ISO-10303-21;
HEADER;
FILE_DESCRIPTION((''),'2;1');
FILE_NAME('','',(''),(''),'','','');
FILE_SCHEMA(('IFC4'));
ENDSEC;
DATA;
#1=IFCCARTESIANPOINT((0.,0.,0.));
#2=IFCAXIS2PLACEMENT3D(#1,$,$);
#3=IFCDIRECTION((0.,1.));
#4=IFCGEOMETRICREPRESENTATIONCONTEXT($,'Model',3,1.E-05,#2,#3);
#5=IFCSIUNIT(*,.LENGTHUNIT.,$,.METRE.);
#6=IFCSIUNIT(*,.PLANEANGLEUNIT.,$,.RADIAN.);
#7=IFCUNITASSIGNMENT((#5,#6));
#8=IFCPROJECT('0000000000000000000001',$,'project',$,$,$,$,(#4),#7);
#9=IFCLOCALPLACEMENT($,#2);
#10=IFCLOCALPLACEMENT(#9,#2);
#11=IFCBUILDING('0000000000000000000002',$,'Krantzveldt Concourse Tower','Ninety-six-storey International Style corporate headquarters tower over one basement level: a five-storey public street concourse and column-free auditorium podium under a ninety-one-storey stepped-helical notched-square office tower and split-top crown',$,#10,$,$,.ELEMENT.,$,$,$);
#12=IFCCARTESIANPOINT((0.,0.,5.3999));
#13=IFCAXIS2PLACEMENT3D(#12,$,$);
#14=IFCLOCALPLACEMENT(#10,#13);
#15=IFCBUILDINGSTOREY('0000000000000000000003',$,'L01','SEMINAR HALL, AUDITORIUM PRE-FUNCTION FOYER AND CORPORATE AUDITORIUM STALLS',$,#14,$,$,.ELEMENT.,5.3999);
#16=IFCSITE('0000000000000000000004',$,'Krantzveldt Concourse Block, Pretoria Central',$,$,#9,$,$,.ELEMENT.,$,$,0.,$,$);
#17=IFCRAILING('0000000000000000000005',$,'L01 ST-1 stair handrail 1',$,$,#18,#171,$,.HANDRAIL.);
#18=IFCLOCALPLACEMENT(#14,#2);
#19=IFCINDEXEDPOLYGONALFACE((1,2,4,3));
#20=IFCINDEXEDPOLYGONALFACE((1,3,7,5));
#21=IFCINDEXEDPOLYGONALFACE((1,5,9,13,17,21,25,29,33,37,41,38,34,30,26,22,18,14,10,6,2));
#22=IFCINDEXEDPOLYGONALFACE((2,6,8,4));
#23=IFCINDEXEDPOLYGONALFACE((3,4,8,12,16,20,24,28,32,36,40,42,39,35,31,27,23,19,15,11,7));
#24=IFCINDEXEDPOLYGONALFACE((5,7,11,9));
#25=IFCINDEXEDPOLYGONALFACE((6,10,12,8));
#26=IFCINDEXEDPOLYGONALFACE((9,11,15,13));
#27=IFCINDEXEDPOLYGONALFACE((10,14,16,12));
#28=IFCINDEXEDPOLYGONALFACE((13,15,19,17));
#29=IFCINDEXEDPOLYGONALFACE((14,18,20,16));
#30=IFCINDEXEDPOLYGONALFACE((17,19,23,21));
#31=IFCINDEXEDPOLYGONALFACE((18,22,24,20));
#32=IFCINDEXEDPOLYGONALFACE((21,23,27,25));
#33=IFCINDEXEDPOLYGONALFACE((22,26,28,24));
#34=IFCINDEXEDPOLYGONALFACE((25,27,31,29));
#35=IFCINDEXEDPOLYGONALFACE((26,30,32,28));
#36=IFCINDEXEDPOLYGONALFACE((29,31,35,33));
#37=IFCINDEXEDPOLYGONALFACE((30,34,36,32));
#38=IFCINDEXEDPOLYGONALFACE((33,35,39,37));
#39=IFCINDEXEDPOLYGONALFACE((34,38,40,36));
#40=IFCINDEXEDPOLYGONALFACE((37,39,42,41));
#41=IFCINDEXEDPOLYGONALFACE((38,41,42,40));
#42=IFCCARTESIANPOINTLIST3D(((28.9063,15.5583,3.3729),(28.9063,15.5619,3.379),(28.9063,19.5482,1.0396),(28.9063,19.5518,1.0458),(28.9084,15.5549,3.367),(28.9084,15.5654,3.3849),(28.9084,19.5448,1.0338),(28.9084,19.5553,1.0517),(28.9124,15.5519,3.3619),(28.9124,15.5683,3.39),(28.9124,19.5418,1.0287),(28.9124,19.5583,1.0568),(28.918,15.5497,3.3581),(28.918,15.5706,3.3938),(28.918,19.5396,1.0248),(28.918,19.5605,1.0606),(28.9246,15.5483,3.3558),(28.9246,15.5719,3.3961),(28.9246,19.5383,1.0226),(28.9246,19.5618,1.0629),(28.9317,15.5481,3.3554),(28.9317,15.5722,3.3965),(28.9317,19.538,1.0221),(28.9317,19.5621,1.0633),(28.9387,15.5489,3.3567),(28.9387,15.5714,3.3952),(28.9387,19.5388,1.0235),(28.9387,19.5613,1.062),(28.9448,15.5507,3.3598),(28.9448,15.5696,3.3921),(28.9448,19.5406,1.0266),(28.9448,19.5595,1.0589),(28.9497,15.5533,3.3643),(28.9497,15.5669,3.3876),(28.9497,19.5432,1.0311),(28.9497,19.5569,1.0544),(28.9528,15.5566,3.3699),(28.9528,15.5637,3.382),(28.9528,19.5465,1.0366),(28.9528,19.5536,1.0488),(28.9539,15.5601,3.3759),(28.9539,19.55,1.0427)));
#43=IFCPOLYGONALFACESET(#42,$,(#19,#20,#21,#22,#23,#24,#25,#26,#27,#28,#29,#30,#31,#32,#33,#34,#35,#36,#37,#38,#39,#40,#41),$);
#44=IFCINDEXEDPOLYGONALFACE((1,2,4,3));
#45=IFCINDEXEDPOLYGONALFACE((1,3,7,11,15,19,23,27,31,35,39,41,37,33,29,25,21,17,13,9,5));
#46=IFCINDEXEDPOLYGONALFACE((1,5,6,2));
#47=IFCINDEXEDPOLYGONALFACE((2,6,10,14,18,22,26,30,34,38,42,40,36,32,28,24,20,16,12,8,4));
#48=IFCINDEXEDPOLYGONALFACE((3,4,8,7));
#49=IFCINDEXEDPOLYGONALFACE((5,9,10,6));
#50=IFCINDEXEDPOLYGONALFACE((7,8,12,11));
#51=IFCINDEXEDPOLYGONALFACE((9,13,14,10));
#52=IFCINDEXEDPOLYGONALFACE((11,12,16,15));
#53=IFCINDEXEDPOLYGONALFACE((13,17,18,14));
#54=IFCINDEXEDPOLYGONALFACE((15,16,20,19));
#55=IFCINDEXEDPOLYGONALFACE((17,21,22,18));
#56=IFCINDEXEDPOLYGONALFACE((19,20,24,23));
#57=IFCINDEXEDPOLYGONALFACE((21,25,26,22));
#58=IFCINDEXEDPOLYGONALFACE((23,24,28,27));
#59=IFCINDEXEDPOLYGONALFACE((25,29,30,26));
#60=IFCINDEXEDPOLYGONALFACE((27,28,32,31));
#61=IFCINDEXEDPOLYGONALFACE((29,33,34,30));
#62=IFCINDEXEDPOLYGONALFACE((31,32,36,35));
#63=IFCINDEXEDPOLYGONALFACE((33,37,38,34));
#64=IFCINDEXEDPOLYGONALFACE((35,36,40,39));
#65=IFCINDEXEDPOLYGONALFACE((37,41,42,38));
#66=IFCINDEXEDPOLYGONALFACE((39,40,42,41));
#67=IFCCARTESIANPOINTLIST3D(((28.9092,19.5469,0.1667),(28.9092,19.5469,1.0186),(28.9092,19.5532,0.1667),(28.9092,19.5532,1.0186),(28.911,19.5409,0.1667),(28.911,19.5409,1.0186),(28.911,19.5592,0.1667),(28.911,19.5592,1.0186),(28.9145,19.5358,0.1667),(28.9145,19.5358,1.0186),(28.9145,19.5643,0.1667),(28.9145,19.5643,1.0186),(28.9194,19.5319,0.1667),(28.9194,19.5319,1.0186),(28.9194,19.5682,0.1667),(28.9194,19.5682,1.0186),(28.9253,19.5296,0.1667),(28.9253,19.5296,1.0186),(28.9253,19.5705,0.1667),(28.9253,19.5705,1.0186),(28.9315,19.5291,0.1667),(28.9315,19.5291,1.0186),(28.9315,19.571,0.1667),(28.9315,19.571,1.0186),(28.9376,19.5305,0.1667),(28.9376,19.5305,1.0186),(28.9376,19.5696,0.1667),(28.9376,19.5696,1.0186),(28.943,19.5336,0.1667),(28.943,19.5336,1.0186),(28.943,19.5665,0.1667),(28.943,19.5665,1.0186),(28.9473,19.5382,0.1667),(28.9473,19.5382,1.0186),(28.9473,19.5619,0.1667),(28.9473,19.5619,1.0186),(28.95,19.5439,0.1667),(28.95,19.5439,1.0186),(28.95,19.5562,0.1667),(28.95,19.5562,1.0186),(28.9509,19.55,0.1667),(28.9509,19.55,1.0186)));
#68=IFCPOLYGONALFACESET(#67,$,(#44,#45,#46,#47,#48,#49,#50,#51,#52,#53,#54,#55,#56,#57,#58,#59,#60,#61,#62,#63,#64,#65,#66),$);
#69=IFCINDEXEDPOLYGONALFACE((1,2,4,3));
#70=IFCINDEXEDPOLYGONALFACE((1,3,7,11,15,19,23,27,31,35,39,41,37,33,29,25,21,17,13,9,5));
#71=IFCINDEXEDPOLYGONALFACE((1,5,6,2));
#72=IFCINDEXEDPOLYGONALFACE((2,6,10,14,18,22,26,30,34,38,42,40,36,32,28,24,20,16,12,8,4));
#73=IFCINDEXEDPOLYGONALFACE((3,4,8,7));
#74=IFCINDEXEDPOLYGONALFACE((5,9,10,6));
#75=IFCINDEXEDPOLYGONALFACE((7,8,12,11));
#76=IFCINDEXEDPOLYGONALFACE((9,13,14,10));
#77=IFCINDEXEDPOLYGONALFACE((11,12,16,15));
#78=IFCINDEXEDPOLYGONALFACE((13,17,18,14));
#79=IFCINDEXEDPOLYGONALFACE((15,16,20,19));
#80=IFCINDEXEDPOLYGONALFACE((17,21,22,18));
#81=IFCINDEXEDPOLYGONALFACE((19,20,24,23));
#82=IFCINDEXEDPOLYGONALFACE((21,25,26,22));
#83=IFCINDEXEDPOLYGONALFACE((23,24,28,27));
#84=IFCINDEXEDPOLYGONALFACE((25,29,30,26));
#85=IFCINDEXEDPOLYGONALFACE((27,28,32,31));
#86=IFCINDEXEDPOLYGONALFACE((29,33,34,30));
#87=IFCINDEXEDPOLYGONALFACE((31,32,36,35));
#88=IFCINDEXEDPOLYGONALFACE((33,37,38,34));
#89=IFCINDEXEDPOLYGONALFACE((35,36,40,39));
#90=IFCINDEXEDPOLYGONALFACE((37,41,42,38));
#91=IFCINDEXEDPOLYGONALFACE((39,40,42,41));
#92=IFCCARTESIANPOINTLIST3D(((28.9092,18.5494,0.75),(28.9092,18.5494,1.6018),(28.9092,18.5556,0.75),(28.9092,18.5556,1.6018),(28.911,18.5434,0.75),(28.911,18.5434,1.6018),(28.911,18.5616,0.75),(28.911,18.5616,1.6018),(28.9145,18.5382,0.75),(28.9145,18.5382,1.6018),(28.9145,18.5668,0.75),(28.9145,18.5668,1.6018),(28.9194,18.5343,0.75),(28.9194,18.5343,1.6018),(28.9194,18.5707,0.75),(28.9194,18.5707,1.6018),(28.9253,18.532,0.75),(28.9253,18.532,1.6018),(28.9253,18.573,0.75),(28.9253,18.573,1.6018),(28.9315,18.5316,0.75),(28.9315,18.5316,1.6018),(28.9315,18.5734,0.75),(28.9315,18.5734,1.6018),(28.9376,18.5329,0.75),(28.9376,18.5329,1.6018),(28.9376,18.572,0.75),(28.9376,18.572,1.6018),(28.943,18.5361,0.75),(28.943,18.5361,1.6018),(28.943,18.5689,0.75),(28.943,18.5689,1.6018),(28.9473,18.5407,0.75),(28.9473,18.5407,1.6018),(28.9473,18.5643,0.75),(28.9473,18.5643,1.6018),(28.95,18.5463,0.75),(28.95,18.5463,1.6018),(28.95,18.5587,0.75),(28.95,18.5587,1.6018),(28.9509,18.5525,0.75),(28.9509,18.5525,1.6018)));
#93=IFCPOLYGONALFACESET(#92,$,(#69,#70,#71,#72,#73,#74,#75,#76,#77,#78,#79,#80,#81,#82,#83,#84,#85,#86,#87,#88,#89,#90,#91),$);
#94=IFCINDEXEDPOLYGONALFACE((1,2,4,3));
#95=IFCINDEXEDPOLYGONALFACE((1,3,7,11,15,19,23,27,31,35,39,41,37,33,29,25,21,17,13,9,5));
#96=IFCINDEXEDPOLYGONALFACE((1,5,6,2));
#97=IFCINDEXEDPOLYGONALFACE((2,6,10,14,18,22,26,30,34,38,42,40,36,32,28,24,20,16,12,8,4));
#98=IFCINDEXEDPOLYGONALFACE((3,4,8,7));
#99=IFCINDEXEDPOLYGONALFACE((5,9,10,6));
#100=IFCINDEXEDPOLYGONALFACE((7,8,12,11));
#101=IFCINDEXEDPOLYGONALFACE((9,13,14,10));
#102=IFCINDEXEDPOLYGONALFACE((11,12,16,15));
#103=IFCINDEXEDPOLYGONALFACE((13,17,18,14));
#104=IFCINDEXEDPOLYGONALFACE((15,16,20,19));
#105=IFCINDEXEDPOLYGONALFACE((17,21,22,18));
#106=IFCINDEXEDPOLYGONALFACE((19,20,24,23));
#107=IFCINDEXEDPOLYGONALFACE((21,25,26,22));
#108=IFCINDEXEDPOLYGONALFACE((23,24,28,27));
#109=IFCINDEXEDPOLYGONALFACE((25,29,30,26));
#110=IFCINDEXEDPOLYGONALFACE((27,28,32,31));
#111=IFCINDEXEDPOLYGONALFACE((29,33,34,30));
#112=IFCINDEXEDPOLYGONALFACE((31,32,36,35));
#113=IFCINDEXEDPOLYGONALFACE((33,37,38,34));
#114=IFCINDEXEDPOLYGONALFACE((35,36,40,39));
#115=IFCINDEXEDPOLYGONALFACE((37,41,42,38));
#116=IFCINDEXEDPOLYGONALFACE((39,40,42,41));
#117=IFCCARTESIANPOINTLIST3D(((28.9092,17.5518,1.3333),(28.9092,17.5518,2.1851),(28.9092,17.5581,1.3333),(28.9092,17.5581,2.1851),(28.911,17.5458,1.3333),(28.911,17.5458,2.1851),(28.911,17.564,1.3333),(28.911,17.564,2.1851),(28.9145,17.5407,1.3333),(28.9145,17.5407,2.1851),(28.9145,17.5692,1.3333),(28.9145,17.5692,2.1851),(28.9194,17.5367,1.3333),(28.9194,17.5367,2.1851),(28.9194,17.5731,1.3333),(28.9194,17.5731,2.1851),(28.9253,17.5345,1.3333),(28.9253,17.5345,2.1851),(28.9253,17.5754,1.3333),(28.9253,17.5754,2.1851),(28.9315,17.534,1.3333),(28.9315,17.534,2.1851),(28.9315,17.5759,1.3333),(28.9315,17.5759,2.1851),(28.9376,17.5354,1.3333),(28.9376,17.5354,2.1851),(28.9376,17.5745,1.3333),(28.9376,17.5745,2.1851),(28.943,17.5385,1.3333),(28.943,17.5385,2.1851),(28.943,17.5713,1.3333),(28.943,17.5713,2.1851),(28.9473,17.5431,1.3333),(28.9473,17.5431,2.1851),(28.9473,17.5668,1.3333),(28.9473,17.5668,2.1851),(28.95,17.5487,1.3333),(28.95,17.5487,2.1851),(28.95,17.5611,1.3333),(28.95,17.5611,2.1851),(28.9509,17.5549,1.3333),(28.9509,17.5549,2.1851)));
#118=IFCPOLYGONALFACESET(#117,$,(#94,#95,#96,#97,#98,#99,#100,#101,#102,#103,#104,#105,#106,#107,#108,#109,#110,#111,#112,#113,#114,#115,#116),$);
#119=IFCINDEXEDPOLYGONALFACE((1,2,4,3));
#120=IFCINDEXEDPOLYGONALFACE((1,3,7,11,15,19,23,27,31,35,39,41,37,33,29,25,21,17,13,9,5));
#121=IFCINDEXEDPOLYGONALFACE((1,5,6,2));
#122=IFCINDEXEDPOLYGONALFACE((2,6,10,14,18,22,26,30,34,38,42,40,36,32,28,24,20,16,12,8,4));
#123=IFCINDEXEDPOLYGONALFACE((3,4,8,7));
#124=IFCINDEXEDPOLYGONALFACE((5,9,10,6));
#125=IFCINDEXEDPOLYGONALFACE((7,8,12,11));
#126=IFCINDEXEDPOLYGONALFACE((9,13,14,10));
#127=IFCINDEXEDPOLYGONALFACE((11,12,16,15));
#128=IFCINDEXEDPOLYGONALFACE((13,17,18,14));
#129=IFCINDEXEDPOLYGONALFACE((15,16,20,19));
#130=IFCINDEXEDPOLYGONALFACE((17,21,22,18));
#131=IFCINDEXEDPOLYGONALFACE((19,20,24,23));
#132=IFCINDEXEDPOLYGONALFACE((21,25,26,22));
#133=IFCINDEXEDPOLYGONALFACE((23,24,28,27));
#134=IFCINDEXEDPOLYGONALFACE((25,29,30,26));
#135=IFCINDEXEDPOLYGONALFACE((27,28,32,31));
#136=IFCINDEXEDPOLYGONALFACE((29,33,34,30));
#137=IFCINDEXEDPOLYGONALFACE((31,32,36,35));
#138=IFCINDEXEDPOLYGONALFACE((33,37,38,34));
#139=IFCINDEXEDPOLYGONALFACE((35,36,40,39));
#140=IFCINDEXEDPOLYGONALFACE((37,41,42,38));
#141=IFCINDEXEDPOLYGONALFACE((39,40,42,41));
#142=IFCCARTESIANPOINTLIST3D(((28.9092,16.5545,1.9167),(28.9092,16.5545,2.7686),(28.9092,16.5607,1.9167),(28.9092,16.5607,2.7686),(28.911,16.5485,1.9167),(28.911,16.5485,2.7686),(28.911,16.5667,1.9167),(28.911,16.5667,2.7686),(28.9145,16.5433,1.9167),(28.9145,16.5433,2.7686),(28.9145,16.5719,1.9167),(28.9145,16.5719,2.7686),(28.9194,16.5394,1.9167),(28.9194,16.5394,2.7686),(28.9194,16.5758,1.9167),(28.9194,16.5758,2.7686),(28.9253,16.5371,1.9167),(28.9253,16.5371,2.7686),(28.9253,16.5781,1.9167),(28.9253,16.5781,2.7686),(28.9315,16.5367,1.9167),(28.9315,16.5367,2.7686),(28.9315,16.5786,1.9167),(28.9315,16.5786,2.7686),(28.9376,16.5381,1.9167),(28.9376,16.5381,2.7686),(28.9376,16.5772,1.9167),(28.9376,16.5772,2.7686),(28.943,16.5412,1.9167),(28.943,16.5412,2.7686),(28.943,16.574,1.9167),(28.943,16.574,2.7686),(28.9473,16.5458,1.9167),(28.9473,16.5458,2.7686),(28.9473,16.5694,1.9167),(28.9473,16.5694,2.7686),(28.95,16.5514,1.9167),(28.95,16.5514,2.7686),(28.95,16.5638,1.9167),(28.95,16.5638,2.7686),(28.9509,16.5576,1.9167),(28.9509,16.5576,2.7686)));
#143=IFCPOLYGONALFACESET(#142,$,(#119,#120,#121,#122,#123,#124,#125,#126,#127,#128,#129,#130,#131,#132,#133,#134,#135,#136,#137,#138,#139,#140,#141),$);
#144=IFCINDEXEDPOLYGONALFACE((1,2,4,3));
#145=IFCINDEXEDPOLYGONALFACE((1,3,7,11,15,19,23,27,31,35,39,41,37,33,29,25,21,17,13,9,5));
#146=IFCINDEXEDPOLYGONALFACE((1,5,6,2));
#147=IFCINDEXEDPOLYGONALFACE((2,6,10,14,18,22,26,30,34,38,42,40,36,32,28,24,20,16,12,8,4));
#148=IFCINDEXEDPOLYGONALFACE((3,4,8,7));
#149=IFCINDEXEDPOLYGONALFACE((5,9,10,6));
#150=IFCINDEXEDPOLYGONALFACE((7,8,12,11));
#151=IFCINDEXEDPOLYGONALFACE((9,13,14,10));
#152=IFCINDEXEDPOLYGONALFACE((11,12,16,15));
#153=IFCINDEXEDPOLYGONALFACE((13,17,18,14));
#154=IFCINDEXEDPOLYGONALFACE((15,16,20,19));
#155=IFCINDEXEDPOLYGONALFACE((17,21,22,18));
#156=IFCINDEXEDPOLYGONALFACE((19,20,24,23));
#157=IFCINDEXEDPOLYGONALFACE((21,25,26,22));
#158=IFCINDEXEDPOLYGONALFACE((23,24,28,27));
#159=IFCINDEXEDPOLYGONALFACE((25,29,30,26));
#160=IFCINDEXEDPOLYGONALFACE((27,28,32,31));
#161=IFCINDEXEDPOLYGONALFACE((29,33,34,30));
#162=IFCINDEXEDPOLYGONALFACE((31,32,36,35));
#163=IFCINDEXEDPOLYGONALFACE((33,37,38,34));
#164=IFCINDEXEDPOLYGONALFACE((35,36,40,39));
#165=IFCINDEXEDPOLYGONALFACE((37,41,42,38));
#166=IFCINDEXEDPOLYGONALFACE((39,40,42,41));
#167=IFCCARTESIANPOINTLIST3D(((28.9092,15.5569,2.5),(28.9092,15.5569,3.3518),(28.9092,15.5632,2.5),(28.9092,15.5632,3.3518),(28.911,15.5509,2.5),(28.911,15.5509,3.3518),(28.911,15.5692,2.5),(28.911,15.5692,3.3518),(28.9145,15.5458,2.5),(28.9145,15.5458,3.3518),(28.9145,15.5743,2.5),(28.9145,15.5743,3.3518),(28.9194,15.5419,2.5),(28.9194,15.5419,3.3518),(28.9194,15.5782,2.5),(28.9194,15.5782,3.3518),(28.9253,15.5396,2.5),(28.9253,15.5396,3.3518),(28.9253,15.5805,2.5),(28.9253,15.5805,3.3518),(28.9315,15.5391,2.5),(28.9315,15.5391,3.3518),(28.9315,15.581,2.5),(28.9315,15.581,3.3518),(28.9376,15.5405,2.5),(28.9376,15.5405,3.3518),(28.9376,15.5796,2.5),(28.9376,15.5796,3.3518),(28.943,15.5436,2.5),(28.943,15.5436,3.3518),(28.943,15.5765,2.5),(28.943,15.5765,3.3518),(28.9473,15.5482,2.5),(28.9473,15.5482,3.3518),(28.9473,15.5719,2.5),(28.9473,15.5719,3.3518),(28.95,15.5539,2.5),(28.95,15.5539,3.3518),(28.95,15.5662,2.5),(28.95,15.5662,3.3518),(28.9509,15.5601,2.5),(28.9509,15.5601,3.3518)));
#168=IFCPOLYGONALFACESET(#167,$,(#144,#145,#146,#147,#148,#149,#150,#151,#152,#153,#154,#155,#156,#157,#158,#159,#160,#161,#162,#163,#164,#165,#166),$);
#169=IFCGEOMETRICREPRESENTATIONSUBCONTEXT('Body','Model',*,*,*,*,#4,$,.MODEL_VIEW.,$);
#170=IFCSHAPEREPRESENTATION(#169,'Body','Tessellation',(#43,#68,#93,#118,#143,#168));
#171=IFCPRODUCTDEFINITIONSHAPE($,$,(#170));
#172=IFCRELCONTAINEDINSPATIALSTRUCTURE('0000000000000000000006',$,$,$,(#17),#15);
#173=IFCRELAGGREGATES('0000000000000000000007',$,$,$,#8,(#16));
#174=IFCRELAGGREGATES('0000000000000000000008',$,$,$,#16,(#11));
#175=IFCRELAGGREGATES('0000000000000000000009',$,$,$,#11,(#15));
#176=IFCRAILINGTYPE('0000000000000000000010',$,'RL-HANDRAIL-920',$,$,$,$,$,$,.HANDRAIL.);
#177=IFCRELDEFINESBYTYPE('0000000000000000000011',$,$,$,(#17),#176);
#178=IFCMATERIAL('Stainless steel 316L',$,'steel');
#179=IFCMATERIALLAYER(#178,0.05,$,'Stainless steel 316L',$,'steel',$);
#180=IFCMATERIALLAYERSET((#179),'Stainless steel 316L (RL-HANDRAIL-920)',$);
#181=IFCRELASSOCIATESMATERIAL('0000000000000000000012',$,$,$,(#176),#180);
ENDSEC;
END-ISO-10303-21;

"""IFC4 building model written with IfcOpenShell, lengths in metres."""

from ifc_helpers import new_model, si_unit, direction, frame, origin, origin_2d, place, context, subcontext, project, spatial, circle, extrude, material, layer, layer_set, type_object, element, save


model = new_model("IFC4")

# Units and contexts
model_context = context("Model", 3, precision=1e-05, world=origin(), true_north=direction((0.0, 1.0)))
body_context = subcontext(model_context, "Body", "Model", "MODEL_VIEW")
ifc_project = project(units=[si_unit("LENGTHUNIT", "METRE"), si_unit("PLANEANGLEUNIT", "RADIAN")], contexts=[model_context])

# Site, building, storey
site_placement = place(None, origin())
site = spatial("IfcSite", under=ifc_project, at=site_placement, Name="Krantzveldt Concourse Block, Pretoria Central", CompositionType="ELEMENT", RefElevation=0.0)
building_placement = place(site_placement, origin())
building = spatial("IfcBuilding", under=site, at=building_placement, Name="Krantzveldt Concourse Tower", Description="Ninety-six-storey International Style corporate headquarters tower over one basement level: a five-storey public street concourse and column-free auditorium podium under a ninety-one-storey stepped-helical notched-square office tower and split-top crown", CompositionType="ELEMENT")
storey_placement = place(building_placement, frame((0.0, 0.0, 5.3999)))
storey = spatial("IfcBuildingStorey", under=building, at=storey_placement, Name="L01", Description="SEMINAR HALL, AUDITORIUM PRE-FUNCTION FOYER AND CORPORATE AUDITORIUM STALLS", CompositionType="ELEMENT", Elevation=5.3999)

# Shared definitions
ifc_material_1 = material(Name="Stainless steel 316L", Category="steel")

# Railing
ifc_layer_1 = layer(ifc_material_1, 0.05, Name="Stainless steel 316L", Category="steel")
ifc_layer_set_1 = layer_set([ifc_layer_1], Name="Stainless steel 316L (RL-HANDRAIL-920)")
railing_type_1 = type_object("IfcRailingType", Name="RL-HANDRAIL-920", PredefinedType="HANDRAIL", material=ifc_layer_set_1)
railing_1_placement = place(storey_placement, frame((28.9299, 19.55, 0.1667)))
element("IfcRailing", 1, at=railing_1_placement, inside=storey, type_object=railing_type_1, Name="L01 ST-1 stair handrail 1", PredefinedType="HANDRAIL", context=body_context, shape_type="SweptSolid", body=[
    extrude(circle(Radius=0.0239, at=origin_2d()), frame((0.0, 0.0, 0.876), z_axis=(0.0, -0.863236, 0.5048), x_axis=(1.0, 0.0, 0.0)), (0.0, 0.0, 1.0), 4.6221),
    extrude(circle(Radius=0.021, at=origin_2d()), origin(), (0.0, 0.0, 1.0), 0.8518),
    extrude(circle(Radius=0.021, at=origin_2d()), frame((0.0, -0.9976, 0.5833)), (0.0, 0.0, 1.0), 0.8518),
    extrude(circle(Radius=0.021, at=origin_2d()), frame((0.0, -1.9951, 1.1665)), (0.0, 0.0, 1.0), 0.8518),
    extrude(circle(Radius=0.021, at=origin_2d()), frame((0.0, -2.9924, 1.75)), (0.0, 0.0, 1.0), 0.8518),
    extrude(circle(Radius=0.021, at=origin_2d()), frame((0.0, -3.99, 2.3333)), (0.0, 0.0, 1.0), 0.8518),
])

save(model, "model.ifc")
